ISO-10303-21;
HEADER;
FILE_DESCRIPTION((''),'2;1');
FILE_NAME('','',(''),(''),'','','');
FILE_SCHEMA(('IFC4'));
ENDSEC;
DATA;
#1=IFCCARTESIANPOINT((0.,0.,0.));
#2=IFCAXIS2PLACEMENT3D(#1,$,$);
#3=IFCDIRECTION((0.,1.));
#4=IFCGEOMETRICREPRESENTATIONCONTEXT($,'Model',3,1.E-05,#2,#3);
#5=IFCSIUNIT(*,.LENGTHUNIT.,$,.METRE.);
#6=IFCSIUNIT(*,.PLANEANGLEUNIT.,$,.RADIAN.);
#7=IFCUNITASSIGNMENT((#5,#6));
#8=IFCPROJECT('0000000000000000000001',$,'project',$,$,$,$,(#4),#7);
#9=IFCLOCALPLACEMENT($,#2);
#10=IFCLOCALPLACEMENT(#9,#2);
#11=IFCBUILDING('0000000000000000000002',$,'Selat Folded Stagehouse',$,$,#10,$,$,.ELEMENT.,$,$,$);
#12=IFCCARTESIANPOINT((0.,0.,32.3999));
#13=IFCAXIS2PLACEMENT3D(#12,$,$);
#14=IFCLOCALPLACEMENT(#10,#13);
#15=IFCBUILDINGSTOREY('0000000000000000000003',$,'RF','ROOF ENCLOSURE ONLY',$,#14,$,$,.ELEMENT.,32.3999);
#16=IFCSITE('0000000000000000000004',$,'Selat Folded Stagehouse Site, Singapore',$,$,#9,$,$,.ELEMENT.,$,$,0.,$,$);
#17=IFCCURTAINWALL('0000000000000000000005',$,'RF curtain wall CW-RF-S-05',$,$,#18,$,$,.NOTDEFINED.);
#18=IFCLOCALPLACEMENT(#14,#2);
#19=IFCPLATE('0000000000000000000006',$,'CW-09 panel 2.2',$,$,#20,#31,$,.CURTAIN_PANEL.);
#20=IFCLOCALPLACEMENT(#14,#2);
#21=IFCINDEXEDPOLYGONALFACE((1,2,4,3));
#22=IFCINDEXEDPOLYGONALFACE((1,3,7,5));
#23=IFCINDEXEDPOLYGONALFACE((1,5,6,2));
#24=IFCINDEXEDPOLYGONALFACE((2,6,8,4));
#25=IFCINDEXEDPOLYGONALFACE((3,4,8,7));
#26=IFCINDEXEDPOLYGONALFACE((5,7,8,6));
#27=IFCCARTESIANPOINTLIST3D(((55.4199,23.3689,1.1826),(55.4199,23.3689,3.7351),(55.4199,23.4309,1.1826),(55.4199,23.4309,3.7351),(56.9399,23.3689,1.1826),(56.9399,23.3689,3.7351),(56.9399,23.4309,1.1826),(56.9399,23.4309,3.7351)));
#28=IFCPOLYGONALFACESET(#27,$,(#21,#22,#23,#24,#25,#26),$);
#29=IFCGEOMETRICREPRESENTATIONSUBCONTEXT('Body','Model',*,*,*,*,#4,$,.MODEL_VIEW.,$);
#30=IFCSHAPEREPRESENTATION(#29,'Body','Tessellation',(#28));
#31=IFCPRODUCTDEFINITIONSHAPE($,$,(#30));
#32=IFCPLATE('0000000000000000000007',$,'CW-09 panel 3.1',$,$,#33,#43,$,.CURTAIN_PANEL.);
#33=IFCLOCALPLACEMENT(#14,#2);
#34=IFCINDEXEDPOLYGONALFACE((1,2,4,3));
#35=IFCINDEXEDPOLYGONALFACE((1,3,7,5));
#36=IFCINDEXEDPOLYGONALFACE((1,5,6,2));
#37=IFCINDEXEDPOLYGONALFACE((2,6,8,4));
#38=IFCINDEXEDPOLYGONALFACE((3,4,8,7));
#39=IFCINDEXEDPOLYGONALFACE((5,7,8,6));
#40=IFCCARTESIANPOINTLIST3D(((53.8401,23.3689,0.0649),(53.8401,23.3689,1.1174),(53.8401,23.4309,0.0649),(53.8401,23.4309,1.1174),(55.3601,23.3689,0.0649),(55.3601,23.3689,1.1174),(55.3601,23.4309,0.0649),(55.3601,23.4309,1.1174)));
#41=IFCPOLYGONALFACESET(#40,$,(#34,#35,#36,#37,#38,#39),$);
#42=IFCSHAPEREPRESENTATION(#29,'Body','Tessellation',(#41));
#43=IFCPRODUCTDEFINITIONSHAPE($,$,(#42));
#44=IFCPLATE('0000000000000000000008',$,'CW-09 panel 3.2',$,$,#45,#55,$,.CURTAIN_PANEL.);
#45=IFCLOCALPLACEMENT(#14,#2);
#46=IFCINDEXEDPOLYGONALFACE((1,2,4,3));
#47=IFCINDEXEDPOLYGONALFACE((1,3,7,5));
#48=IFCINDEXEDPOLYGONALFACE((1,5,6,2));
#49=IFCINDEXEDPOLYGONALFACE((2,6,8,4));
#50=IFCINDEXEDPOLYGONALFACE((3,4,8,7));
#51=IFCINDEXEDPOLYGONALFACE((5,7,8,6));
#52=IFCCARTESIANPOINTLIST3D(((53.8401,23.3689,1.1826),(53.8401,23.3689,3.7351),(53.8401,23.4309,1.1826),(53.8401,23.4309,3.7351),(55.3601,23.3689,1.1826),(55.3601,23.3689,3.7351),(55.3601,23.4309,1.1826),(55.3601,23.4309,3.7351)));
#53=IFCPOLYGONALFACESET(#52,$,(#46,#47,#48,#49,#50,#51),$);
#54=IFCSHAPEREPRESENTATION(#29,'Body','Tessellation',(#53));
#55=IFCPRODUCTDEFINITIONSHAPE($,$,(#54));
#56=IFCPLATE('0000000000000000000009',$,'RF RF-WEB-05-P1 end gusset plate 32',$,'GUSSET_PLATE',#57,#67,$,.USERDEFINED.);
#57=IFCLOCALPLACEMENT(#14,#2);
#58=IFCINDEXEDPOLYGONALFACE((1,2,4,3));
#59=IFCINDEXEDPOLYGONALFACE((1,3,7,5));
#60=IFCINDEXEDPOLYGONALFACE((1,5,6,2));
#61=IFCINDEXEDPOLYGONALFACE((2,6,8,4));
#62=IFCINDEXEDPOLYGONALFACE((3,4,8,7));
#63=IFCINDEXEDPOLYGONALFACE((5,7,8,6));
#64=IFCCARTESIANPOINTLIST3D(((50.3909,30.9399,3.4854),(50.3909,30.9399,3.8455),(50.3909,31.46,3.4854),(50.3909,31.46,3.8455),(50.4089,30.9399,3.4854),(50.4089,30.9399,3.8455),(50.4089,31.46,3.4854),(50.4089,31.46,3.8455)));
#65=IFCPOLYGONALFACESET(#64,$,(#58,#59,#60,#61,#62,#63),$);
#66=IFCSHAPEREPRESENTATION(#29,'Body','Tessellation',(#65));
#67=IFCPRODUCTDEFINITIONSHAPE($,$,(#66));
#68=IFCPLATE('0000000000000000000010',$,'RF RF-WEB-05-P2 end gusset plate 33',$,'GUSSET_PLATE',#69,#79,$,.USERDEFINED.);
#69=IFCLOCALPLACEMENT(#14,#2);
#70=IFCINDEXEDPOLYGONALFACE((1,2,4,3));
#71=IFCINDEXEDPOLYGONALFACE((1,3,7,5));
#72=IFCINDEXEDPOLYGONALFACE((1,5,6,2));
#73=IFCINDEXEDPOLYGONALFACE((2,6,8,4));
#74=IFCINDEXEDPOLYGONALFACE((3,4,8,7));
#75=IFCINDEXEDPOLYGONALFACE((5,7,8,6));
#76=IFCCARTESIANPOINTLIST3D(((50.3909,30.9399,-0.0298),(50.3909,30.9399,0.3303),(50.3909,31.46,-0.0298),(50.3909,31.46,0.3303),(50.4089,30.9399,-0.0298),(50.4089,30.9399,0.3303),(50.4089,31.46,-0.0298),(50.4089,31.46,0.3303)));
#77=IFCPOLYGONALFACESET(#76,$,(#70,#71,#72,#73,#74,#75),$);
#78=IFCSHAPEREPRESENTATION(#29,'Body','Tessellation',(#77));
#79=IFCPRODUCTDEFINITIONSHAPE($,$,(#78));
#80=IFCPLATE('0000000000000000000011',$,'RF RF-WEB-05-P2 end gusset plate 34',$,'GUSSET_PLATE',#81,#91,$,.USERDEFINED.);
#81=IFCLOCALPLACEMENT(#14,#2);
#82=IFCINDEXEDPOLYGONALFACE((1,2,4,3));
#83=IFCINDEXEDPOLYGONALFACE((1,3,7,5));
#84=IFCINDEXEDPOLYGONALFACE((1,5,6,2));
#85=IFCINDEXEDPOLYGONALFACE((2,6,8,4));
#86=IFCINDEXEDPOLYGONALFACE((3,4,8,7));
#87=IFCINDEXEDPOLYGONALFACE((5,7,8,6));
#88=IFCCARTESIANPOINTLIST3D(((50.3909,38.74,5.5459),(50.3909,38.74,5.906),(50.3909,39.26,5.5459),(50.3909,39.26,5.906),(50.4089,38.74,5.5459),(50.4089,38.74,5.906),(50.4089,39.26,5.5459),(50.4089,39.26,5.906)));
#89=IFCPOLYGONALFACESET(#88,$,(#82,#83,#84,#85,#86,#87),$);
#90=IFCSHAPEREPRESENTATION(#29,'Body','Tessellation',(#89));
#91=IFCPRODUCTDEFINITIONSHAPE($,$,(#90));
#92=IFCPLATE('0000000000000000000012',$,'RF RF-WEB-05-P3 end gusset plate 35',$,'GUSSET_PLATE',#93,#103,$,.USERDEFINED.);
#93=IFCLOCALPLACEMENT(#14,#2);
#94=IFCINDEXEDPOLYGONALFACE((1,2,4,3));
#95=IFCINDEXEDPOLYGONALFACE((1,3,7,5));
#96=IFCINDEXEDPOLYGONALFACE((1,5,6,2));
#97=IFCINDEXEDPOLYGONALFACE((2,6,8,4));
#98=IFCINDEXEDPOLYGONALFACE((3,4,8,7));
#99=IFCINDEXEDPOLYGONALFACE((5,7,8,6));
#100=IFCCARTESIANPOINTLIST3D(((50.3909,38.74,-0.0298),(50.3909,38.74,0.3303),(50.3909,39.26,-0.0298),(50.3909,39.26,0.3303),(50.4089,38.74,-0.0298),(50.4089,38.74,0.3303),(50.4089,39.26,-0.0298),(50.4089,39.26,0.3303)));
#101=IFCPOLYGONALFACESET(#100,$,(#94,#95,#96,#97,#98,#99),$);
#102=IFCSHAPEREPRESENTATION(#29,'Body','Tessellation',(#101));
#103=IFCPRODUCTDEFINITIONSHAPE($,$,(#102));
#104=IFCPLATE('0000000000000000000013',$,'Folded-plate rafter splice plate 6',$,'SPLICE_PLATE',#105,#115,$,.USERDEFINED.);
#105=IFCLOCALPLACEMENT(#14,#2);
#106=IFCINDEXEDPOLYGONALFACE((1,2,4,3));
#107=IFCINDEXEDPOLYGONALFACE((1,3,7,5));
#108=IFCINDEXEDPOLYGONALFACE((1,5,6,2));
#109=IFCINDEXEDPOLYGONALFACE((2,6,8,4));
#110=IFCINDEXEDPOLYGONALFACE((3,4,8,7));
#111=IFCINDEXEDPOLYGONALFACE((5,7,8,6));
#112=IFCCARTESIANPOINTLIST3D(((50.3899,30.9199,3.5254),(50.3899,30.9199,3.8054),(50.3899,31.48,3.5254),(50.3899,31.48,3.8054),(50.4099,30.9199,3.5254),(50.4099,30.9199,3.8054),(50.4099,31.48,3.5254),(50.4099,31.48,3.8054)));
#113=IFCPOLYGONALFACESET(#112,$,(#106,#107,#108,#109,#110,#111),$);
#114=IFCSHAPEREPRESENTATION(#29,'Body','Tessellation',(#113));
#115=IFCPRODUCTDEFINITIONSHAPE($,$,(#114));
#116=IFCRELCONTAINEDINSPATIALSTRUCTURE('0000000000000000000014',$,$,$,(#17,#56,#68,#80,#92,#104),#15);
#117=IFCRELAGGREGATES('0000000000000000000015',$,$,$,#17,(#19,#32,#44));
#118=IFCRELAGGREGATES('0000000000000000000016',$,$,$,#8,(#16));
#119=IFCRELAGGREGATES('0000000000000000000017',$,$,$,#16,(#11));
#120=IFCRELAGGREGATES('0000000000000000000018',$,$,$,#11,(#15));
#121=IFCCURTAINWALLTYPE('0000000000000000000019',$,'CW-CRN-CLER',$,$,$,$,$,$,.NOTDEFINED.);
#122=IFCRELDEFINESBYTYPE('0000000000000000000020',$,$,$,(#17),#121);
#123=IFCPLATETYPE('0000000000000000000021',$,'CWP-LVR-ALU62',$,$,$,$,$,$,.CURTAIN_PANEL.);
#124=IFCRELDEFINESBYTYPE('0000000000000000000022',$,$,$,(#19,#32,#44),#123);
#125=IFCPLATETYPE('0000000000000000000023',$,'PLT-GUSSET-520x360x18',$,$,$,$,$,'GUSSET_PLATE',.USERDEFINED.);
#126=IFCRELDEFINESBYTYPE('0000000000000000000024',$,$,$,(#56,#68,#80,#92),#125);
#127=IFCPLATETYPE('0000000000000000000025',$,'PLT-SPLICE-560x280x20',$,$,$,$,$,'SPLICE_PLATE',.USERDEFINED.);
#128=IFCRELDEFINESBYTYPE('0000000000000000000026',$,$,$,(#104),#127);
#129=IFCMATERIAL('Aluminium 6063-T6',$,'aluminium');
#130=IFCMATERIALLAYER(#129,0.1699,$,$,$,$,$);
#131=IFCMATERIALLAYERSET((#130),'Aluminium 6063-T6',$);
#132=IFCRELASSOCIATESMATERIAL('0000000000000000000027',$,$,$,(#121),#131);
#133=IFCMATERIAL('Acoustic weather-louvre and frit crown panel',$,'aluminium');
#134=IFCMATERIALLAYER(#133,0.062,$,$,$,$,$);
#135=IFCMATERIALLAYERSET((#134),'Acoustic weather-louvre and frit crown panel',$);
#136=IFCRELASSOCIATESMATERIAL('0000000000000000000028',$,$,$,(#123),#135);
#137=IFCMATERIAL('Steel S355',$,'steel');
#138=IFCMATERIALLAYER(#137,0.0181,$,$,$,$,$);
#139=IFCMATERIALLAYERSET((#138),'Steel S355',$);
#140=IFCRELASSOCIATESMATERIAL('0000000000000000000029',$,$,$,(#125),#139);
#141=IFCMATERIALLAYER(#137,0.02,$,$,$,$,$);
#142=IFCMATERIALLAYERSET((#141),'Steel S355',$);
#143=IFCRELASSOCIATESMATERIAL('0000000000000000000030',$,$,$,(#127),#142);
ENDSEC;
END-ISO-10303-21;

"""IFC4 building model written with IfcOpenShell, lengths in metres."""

from ifc_helpers import new_model, si_unit, direction, frame, origin, origin_2d, place, context, subcontext, project, spatial, rectangle, extrude, material, layer, layer_set, type_object, element, aggregate, save


model = new_model("IFC4")

# Units and contexts
model_context = context("Model", 3, precision=1e-05, world=origin(), true_north=direction((0.0, 1.0)))
body_context = subcontext(model_context, "Body", "Model", "MODEL_VIEW")
ifc_project = project(units=[si_unit("LENGTHUNIT", "METRE"), si_unit("PLANEANGLEUNIT", "RADIAN")], contexts=[model_context])

# Site, building, storey
site_placement = place(None, origin())
site = spatial("IfcSite", under=ifc_project, at=site_placement, Name="Selat Folded Stagehouse Site, Singapore", CompositionType="ELEMENT", RefElevation=0.0)
building_placement = place(site_placement, origin())
building = spatial("IfcBuilding", under=site, at=building_placement, Name="Selat Folded Stagehouse", CompositionType="ELEMENT")
storey_placement = place(building_placement, frame((0.0, 0.0, 32.3999)))
storey = spatial("IfcBuildingStorey", under=building, at=storey_placement, Name="RF", Description="ROOF ENCLOSURE ONLY", CompositionType="ELEMENT", Elevation=32.3999)

# Shared definitions
ifc_material_1 = material(Name="Steel S355", Category="steel")

# Curtain wall
ifc_material_2 = material(Name="Aluminium 6063-T6", Category="aluminium")
ifc_layer_1 = layer(ifc_material_2, 0.1699)
ifc_layer_set_1 = layer_set([ifc_layer_1], Name="Aluminium 6063-T6")
curtain_wall_type = type_object("IfcCurtainWallType", Name="CW-CRN-CLER", PredefinedType="NOTDEFINED", material=ifc_layer_set_1)
curtain_wall_placement = place(storey_placement, origin())
curtain_wall = element("IfcCurtainWall", 1, at=curtain_wall_placement, inside=storey, type_object=curtain_wall_type, Name="RF curtain wall CW-RF-S-05", PredefinedType="NOTDEFINED")

# Plates
ifc_material_3 = material(Name="Acoustic weather-louvre and frit crown panel", Category="aluminium")
ifc_layer_2 = layer(ifc_material_3, 0.062)
ifc_layer_set_2 = layer_set([ifc_layer_2], Name="Acoustic weather-louvre and frit crown panel")
plate_type_1 = type_object("IfcPlateType", Name="CWP-LVR-ALU62", PredefinedType="CURTAIN_PANEL", material=ifc_layer_set_2)
plate_1_placement = place(storey_placement, frame((56.1799, 23.3999, 1.1826), z_axis=(0.0, 0.0, 1.0), x_axis=(-1.0, 0.0, 0.0)))
plate_1 = element("IfcPlate", 2, at=plate_1_placement, type_object=plate_type_1, Name="CW-09 panel 2.2", PredefinedType="CURTAIN_PANEL", context=body_context, shape_type="SweptSolid", body=[
    extrude(rectangle(XDim=1.52, YDim=0.062, at=origin_2d()), origin(), (0.0, 0.0, 1.0), 2.5525),
])
plate_2_placement = place(storey_placement, frame((54.6001, 23.3999, 0.0649), z_axis=(0.0, 0.0, 1.0), x_axis=(-1.0, 0.0, 0.0)))
plate_2 = element("IfcPlate", 3, at=plate_2_placement, type_object=plate_type_1, Name="CW-09 panel 3.1", PredefinedType="CURTAIN_PANEL", context=body_context, shape_type="SweptSolid", body=[
    extrude(rectangle(XDim=1.52, YDim=0.062, at=origin_2d()), origin(), (0.0, 0.0, 1.0), 1.0525),
])
plate_3_placement = place(storey_placement, frame((54.6001, 23.3999, 1.1826), z_axis=(0.0, 0.0, 1.0), x_axis=(-1.0, 0.0, 0.0)))
plate_3 = element("IfcPlate", 4, at=plate_3_placement, type_object=plate_type_1, Name="CW-09 panel 3.2", PredefinedType="CURTAIN_PANEL", context=body_context, shape_type="SweptSolid", body=[
    extrude(rectangle(XDim=1.52, YDim=0.062, at=origin_2d()), origin(), (0.0, 0.0, 1.0), 2.5525),
])
aggregate(curtain_wall, [plate_1, plate_2, plate_3])

# Plates
ifc_layer_3 = layer(ifc_material_1, 0.0181)
ifc_layer_set_3 = layer_set([ifc_layer_3], Name="Steel S355")
plate_type_2 = type_object("IfcPlateType", Name="PLT-GUSSET-520x360x18", ElementType="GUSSET_PLATE", PredefinedType="USERDEFINED", material=ifc_layer_set_3)
for number, where, z_axis, x_axis, name in (
    (5, (50.3999, 31.2, 3.4854), (0.0, 0.0, 1.0), (0.0, 1.0, 0.0), "RF RF-WEB-05-P1 end gusset plate 32"),
    (6, (50.3999, 31.2, -0.0298), (0.0, 0.0, 1.0), (0.0, 1.0, 0.0), "RF RF-WEB-05-P2 end gusset plate 33"),
    (7, (50.3999, 39.0, 5.5459), (0.0, 0.0, 1.0), (0.0, 1.0, 0.0), "RF RF-WEB-05-P2 end gusset plate 34"),
    (8, (50.3999, 39.0, -0.0298), (0.0, 0.0, 1.0), (0.0, 1.0, 0.0), "RF RF-WEB-05-P3 end gusset plate 35"),
):
    element("IfcPlate", number, at=place(storey_placement, frame(where, z_axis=z_axis, x_axis=x_axis)), inside=storey, type_object=plate_type_2, Name=name, ObjectType="GUSSET_PLATE", PredefinedType="USERDEFINED", context=body_context, shape_type="SweptSolid", body=[
        extrude(rectangle(XDim=0.52, YDim=0.0181, at=origin_2d()), origin(), (0.0, 0.0, 1.0), 0.3601),
    ])
ifc_layer_4 = layer(ifc_material_1, 0.02)
ifc_layer_set_4 = layer_set([ifc_layer_4], Name="Steel S355")
plate_type_3 = type_object("IfcPlateType", Name="PLT-SPLICE-560x280x20", ElementType="SPLICE_PLATE", PredefinedType="USERDEFINED", material=ifc_layer_set_4)
plate_4_placement = place(storey_placement, frame((50.3999, 31.2, 3.5254), z_axis=(0.0, 0.0, 1.0), x_axis=(1.0, 0.0, 0.0)))
element("IfcPlate", 9, at=plate_4_placement, inside=storey, type_object=plate_type_3, Name="Folded-plate rafter splice plate 6", ObjectType="SPLICE_PLATE", PredefinedType="USERDEFINED", context=body_context, shape_type="SweptSolid", body=[
    extrude(rectangle(XDim=0.02, YDim=0.5601, at=origin_2d()), origin(), (0.0, 0.0, 1.0), 0.28),
])

save(model, "model.ifc")
